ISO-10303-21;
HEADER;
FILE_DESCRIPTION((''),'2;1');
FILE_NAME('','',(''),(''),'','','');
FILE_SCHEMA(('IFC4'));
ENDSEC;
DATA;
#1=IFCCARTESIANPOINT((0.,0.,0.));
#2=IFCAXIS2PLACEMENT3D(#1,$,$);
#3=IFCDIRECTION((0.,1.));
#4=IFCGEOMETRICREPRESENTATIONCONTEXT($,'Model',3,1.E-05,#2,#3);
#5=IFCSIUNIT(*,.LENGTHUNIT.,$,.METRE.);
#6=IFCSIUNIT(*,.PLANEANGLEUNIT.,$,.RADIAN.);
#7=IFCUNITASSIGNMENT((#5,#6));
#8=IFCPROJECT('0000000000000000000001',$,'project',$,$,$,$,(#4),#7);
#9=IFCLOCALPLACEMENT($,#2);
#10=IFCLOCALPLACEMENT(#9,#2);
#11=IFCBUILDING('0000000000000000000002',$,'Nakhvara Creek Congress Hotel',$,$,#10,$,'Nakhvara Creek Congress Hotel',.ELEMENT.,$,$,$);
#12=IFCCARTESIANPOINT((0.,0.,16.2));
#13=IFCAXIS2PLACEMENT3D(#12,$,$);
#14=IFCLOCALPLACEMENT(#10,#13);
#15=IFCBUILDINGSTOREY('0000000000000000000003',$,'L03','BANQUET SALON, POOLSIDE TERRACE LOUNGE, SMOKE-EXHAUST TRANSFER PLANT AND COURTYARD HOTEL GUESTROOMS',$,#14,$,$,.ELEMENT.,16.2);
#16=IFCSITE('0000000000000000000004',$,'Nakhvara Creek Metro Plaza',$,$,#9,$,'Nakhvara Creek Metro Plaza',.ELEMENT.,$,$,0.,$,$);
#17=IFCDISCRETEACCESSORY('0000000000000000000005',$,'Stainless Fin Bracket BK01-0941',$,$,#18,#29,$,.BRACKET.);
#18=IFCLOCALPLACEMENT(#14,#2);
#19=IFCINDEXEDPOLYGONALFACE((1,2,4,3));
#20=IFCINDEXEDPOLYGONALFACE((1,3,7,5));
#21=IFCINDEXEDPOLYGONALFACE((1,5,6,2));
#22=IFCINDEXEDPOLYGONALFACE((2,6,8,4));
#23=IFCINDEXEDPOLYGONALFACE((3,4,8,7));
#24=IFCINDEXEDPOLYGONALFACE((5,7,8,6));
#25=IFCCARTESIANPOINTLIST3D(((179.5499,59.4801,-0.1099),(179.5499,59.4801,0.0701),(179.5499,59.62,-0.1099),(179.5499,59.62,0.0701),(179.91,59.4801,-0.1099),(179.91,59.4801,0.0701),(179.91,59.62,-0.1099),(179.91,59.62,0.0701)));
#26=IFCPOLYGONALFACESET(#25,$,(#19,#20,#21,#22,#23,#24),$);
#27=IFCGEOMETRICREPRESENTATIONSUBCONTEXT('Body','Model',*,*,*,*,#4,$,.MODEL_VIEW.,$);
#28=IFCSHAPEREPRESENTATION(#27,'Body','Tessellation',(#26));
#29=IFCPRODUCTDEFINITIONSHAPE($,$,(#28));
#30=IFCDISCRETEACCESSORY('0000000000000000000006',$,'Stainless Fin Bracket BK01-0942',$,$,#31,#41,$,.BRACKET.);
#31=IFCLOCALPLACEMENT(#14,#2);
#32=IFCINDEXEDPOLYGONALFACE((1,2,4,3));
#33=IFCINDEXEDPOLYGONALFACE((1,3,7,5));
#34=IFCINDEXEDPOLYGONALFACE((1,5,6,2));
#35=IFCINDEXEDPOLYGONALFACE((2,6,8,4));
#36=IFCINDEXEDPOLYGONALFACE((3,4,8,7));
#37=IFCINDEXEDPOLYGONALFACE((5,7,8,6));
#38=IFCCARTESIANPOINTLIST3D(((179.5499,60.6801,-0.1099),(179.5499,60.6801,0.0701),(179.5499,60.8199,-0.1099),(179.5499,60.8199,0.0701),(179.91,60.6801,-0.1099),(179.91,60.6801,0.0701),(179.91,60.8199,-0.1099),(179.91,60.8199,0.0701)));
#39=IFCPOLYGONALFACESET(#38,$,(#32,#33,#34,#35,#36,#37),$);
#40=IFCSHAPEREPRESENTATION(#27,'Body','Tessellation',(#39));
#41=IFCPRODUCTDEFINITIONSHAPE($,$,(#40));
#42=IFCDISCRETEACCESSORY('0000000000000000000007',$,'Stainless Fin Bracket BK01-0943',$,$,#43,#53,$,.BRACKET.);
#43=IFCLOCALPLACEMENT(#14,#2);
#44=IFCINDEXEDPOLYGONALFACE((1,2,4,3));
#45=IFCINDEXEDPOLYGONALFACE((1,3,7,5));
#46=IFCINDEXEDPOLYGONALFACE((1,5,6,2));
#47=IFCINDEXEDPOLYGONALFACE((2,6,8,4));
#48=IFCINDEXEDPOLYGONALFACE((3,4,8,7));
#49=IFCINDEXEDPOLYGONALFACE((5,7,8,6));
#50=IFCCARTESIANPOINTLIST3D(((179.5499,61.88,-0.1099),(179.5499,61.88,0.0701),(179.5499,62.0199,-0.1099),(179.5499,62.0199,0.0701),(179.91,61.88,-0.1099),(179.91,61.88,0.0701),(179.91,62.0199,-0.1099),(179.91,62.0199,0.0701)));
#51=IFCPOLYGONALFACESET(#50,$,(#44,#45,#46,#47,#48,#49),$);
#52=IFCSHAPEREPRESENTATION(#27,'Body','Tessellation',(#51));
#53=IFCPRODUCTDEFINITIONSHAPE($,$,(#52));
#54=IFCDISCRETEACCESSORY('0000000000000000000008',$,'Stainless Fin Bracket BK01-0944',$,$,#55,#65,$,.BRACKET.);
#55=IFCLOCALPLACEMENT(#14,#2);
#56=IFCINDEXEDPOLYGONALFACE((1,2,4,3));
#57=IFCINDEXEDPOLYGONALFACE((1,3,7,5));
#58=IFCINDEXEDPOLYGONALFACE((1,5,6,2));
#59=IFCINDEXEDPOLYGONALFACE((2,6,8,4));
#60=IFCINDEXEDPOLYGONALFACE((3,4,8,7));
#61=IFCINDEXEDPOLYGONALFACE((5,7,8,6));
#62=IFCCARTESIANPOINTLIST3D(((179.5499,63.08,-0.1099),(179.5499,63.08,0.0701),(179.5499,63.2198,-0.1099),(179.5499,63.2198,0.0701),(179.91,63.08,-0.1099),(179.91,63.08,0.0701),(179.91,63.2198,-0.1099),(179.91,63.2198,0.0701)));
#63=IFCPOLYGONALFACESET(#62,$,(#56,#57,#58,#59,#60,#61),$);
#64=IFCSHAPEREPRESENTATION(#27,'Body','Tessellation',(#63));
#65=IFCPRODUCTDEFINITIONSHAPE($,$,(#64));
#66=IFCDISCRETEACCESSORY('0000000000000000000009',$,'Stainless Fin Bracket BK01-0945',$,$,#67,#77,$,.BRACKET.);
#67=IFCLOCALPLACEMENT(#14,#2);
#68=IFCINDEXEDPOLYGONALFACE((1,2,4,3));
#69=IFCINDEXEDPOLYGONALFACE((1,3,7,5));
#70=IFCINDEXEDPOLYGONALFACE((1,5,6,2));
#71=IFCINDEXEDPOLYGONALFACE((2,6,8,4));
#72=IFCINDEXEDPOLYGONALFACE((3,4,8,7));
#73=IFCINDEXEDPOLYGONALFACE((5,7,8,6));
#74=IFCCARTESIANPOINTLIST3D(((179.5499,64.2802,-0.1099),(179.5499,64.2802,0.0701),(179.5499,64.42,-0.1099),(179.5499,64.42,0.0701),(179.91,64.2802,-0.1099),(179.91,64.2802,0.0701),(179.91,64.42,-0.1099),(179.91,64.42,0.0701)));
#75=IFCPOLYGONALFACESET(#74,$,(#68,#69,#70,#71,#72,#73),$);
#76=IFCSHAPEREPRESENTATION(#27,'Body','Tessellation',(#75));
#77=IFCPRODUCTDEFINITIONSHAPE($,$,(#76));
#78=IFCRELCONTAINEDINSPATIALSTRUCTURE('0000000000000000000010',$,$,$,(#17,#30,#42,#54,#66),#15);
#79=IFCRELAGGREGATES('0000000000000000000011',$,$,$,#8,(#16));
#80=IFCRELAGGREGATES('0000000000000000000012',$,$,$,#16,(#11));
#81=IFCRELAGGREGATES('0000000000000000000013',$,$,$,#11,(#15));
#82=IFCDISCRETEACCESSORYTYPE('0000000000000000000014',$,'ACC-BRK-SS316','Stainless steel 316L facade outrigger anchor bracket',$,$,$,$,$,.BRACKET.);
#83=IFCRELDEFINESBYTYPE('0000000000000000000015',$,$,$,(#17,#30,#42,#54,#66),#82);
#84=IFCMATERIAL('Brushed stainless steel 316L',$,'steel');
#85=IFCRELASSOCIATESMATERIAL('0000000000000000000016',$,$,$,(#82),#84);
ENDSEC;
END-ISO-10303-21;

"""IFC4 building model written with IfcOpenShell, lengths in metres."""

from ifc_helpers import new_model, si_unit, direction, frame, origin, origin_2d, place, context, subcontext, project, spatial, rectangle, extrude, material, type_object, element, save


model = new_model("IFC4")

# Units and contexts
model_context = context("Model", 3, precision=1e-05, world=origin(), true_north=direction((0.0, 1.0)))
body_context = subcontext(model_context, "Body", "Model", "MODEL_VIEW")
ifc_project = project(units=[si_unit("LENGTHUNIT", "METRE"), si_unit("PLANEANGLEUNIT", "RADIAN")], contexts=[model_context])

# Site, building, storey
site_placement = place(None, origin())
site = spatial("IfcSite", under=ifc_project, at=site_placement, Name="Nakhvara Creek Metro Plaza", LongName="Nakhvara Creek Metro Plaza", CompositionType="ELEMENT", RefElevation=0.0)
building_placement = place(site_placement, origin())
building = spatial("IfcBuilding", under=site, at=building_placement, Name="Nakhvara Creek Congress Hotel", LongName="Nakhvara Creek Congress Hotel", CompositionType="ELEMENT")
storey_placement = place(building_placement, frame((0.0, 0.0, 16.2)))
storey = spatial("IfcBuildingStorey", under=building, at=storey_placement, Name="L03", Description="BANQUET SALON, POOLSIDE TERRACE LOUNGE, SMOKE-EXHAUST TRANSFER PLANT AND COURTYARD HOTEL GUESTROOMS", CompositionType="ELEMENT", Elevation=16.2)

# Discrete accessories
ifc_material_1 = material(Name="Brushed stainless steel 316L", Category="steel")
discrete_accessory_type = type_object("IfcDiscreteAccessoryType", Name="ACC-BRK-SS316", Description="Stainless steel 316L facade outrigger anchor bracket", PredefinedType="BRACKET", material=ifc_material_1)
for number, where, z_axis, x_axis, name in (
    (1, (179.73, 59.55, -0.1099), (0.0, 0.0, 1.0), (0.0, 1.0, 0.0), "Stainless Fin Bracket BK01-0941"),
    (2, (179.73, 60.75, -0.1099), (0.0, 0.0, 1.0), (0.0, 1.0, 0.0), "Stainless Fin Bracket BK01-0942"),
    (3, (179.73, 61.95, -0.1099), (0.0, 0.0, 1.0), (0.0, 1.0, 0.0), "Stainless Fin Bracket BK01-0943"),
    (4, (179.73, 63.1499, -0.1099), (0.0, 0.0, 1.0), (0.0, 1.0, 0.0), "Stainless Fin Bracket BK01-0944"),
    (5, (179.73, 64.3501, -0.1099), (0.0, 0.0, 1.0), (0.0, 1.0, 0.0), "Stainless Fin Bracket BK01-0945"),
):
    element("IfcDiscreteAccessory", number, at=place(storey_placement, frame(where, z_axis=z_axis, x_axis=x_axis)), inside=storey, type_object=discrete_accessory_type, Name=name, PredefinedType="BRACKET", context=body_context, shape_type="SweptSolid", body=[
        extrude(rectangle(XDim=0.1399, YDim=0.3601, at=origin_2d()), origin(), (0.0, 0.0, 1.0), 0.1799),
    ])

save(model, "model.ifc")
